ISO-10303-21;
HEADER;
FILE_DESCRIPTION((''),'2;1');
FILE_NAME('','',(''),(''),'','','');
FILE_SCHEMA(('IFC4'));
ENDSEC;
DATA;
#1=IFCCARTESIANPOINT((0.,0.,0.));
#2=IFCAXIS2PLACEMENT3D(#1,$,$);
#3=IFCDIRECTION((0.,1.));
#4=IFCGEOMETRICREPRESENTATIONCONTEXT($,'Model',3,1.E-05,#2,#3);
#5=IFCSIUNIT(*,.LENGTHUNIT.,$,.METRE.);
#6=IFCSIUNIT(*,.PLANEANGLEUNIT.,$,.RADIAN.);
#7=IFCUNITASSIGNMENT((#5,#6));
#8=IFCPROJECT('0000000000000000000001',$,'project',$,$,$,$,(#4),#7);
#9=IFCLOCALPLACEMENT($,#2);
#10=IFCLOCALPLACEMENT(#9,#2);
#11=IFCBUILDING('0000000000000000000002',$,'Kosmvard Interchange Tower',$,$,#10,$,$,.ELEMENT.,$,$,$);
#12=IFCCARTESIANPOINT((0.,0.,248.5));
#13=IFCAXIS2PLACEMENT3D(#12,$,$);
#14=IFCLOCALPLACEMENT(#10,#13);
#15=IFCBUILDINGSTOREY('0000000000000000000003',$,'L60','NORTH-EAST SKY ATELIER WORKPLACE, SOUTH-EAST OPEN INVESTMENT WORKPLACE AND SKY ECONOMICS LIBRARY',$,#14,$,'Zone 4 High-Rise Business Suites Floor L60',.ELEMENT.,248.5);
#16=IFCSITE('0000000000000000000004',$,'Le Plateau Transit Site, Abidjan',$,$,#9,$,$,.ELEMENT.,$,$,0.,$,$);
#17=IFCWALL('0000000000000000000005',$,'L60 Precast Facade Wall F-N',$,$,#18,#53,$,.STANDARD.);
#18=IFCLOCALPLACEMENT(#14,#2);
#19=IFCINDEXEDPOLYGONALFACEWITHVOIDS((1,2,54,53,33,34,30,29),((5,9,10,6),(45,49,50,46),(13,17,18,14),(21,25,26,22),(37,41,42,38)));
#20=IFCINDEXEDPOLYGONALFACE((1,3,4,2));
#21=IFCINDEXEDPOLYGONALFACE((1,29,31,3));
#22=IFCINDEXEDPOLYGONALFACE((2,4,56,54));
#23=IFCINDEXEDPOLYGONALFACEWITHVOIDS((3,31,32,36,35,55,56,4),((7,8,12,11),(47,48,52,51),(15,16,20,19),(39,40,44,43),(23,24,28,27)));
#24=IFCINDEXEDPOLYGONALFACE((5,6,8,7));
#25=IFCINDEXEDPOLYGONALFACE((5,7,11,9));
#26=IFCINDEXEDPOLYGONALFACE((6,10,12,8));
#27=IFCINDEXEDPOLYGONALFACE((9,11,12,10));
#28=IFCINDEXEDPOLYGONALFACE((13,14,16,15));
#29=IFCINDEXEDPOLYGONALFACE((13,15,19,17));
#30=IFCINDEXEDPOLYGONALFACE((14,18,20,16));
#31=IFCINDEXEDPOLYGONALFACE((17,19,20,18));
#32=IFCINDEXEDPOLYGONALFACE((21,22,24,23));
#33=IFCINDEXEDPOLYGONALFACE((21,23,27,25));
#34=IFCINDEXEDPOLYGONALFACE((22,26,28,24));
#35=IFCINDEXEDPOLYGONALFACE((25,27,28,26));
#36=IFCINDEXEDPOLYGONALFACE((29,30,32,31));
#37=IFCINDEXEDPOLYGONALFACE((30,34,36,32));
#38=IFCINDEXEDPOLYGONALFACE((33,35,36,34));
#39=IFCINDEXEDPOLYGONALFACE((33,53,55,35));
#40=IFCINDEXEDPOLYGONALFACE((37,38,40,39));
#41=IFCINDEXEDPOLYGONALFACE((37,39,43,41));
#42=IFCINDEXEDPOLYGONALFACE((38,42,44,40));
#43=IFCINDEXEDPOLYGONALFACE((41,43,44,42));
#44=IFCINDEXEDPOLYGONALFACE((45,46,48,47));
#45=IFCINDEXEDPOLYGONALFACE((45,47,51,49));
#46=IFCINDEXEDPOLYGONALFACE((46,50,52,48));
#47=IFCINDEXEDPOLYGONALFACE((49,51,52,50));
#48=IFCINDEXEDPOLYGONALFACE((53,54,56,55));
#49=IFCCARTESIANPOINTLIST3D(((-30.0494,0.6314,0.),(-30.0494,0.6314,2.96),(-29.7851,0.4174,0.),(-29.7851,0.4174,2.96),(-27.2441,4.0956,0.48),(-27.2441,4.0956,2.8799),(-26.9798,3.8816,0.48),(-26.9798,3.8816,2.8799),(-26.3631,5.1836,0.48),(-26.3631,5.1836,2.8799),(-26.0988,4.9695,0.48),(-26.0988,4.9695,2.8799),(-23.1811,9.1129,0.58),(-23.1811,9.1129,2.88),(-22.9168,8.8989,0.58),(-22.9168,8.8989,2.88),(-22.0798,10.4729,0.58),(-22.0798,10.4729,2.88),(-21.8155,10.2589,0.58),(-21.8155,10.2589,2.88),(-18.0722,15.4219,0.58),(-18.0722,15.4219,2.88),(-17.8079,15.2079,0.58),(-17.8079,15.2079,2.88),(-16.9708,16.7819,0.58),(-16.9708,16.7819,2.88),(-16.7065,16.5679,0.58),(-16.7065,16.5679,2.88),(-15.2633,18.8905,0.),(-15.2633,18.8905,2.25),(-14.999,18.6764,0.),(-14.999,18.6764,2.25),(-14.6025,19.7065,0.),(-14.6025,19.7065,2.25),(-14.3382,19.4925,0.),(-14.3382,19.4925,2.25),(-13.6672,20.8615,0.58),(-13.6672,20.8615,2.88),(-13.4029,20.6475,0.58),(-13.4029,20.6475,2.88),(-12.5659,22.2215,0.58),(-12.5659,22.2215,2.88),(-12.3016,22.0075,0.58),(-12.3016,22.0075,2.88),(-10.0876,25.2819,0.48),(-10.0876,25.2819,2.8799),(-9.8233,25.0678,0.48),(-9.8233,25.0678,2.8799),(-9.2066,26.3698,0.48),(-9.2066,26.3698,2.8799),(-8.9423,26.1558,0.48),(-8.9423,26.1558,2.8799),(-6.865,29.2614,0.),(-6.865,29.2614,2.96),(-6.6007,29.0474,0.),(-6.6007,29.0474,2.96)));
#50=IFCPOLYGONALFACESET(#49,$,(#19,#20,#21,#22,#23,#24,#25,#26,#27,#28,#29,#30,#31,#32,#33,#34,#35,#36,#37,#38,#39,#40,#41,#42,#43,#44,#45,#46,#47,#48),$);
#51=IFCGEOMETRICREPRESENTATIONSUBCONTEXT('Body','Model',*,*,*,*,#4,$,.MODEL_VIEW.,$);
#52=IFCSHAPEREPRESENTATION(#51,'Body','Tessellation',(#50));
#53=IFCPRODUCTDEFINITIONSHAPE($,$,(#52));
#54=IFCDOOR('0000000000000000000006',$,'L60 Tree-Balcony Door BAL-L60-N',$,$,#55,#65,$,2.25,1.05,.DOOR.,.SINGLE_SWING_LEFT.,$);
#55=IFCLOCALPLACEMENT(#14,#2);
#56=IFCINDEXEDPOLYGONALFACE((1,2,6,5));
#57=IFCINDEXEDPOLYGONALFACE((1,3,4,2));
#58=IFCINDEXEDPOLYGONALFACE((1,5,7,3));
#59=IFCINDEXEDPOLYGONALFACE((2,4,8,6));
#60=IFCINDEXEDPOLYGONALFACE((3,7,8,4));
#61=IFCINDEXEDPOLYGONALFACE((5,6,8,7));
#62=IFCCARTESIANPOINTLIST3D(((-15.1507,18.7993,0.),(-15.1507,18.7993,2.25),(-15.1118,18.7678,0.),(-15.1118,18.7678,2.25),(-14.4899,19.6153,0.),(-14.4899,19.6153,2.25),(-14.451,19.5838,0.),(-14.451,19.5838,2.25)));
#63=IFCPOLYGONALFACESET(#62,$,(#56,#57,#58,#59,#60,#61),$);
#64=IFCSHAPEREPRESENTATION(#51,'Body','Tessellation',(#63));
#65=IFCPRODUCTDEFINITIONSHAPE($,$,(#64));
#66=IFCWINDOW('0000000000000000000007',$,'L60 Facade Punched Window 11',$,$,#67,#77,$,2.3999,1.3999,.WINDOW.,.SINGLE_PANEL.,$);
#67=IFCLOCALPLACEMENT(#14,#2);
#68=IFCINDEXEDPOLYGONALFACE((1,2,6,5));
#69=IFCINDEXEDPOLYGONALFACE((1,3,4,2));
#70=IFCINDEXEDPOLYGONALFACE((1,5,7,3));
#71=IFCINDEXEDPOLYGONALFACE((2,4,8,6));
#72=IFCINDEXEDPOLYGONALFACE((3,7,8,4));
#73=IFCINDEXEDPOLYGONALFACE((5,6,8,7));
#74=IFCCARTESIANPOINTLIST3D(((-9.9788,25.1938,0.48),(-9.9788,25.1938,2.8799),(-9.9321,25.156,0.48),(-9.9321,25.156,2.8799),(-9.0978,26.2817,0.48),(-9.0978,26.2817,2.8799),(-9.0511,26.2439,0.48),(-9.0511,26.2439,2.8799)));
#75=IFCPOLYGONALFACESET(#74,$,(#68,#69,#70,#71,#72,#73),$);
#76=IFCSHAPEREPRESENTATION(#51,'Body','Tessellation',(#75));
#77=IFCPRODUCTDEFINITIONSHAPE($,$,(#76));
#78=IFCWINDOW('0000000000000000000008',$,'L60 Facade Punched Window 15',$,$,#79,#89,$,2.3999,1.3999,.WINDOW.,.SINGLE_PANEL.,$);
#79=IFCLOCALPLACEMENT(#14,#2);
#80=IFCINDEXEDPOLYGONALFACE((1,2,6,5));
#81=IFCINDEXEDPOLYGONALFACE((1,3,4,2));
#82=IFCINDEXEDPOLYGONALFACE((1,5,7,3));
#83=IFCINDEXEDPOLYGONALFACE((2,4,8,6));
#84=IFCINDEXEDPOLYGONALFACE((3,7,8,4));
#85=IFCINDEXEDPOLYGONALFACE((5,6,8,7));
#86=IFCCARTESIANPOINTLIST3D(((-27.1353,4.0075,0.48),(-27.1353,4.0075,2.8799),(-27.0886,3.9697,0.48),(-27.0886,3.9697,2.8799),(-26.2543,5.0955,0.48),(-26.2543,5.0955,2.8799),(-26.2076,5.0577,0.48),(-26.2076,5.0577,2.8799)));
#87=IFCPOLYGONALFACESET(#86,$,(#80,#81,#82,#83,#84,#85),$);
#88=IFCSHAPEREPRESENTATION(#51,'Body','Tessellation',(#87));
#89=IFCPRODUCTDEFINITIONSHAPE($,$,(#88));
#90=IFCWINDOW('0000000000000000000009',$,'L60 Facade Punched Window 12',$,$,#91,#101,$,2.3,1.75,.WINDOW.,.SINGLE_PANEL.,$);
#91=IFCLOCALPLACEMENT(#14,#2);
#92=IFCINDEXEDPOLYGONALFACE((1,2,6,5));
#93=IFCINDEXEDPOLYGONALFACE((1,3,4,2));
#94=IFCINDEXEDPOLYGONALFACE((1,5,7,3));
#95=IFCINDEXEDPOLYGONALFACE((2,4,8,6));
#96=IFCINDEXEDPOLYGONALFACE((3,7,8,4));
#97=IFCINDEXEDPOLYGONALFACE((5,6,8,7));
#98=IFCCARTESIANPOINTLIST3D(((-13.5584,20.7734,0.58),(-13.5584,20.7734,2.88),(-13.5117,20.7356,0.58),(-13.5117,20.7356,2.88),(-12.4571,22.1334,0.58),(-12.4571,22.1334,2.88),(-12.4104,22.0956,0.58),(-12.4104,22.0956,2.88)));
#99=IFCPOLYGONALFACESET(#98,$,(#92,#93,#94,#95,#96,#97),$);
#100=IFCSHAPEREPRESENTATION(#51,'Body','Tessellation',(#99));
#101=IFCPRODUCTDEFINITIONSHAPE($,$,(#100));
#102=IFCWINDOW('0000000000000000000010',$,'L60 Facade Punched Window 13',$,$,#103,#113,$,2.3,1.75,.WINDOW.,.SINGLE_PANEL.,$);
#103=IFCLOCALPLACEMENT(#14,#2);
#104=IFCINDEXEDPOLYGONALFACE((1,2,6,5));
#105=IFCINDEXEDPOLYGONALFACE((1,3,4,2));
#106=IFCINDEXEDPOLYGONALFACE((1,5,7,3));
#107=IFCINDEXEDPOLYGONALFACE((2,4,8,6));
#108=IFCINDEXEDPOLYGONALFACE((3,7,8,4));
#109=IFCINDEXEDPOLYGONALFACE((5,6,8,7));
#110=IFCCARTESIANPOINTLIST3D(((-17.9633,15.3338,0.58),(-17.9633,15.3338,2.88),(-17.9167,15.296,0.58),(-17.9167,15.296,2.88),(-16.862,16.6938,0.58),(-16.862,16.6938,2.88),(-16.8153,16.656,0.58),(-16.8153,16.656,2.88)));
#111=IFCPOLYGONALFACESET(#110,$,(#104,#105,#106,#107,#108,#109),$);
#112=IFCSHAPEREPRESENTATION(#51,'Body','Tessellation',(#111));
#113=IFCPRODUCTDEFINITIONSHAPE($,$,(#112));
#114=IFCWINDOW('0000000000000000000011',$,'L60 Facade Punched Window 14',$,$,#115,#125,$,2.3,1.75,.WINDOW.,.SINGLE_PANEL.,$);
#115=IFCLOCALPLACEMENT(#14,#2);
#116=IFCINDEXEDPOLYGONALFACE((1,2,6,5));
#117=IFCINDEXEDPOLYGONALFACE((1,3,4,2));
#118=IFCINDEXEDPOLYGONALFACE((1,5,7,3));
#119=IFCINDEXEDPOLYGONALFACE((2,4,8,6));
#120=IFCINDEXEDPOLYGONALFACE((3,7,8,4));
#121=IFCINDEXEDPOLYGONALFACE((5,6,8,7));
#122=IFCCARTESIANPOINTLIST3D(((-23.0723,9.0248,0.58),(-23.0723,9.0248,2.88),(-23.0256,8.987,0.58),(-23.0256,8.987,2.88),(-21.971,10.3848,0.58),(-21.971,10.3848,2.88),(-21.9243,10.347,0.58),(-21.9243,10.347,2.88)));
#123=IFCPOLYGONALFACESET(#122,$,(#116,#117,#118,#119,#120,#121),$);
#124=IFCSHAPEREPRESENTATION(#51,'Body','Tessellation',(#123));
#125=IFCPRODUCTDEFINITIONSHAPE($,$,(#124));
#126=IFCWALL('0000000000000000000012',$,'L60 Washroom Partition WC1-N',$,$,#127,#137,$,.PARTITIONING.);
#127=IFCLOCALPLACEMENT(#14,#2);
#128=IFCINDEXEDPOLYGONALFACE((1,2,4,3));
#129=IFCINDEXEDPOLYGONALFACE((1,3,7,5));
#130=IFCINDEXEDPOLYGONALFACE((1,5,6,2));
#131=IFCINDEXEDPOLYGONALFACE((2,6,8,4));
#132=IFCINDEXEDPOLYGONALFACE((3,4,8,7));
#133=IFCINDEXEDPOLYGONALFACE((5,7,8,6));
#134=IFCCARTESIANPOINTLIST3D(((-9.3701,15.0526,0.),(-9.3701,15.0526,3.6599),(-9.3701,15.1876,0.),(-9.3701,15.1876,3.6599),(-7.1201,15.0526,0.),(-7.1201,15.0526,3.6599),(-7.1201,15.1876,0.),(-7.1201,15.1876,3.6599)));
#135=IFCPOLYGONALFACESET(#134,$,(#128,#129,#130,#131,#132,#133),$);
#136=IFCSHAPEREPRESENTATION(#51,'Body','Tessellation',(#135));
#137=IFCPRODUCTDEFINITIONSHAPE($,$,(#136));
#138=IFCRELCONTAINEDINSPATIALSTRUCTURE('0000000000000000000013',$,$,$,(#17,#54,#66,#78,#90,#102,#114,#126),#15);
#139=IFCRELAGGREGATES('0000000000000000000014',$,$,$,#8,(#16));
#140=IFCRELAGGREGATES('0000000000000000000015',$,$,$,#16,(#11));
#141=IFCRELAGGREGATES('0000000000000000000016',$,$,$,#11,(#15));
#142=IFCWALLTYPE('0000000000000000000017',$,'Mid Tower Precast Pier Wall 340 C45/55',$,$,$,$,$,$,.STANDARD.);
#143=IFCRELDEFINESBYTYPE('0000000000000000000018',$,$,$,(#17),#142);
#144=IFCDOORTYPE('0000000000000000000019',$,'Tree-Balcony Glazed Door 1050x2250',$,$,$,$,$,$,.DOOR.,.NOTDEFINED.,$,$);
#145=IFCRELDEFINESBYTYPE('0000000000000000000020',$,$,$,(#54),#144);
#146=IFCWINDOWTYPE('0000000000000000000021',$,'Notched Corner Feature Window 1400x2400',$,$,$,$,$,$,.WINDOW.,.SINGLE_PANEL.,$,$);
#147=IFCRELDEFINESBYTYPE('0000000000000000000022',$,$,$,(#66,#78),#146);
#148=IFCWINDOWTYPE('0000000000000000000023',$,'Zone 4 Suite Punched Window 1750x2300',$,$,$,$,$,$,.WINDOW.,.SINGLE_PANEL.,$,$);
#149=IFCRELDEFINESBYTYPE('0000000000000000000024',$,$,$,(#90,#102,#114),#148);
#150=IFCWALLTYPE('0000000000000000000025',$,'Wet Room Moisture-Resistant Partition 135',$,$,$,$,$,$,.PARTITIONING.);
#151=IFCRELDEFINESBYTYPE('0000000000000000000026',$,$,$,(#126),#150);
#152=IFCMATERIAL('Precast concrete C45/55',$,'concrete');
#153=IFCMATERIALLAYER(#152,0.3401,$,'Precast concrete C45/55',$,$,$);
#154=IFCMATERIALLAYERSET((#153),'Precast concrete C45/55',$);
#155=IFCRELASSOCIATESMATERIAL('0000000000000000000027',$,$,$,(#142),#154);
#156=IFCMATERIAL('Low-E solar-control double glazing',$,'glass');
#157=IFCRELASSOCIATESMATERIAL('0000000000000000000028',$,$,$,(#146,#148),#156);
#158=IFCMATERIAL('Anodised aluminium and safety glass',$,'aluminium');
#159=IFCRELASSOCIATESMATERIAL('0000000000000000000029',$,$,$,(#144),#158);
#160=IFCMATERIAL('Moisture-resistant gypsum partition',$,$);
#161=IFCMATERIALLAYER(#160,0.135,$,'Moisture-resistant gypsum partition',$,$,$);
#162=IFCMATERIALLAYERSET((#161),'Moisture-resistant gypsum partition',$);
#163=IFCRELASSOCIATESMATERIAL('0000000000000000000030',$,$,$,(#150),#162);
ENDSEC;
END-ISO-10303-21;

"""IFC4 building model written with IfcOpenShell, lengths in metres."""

from ifc_helpers import new_model, si_unit, direction, frame, frame_2d, origin, place, context, subcontext, project, spatial, rectangle, extrude, source, transform, mapped, material, layer, layer_set, type_object, element, fill, save


model = new_model("IFC4")

# Units and contexts
model_context = context("Model", 3, precision=1e-05, world=origin(), true_north=direction((0.0, 1.0)))
body_context = subcontext(model_context, "Body", "Model", "MODEL_VIEW")
ifc_project = project(units=[si_unit("LENGTHUNIT", "METRE"), si_unit("PLANEANGLEUNIT", "RADIAN")], contexts=[model_context])

# Site, building, storey
site_placement = place(None, origin())
site = spatial("IfcSite", under=ifc_project, at=site_placement, Name="Le Plateau Transit Site, Abidjan", CompositionType="ELEMENT", RefElevation=0.0)
building_placement = place(site_placement, origin())
building = spatial("IfcBuilding", under=site, at=building_placement, Name="Kosmvard Interchange Tower", CompositionType="ELEMENT")
storey_placement = place(building_placement, frame((0.0, 0.0, 248.5)))
storey = spatial("IfcBuildingStorey", under=building, at=storey_placement, Name="L60", Description="NORTH-EAST SKY ATELIER WORKPLACE, SOUTH-EAST OPEN INVESTMENT WORKPLACE AND SKY ECONOMICS LIBRARY", LongName="Zone 4 High-Rise Business Suites Floor L60", CompositionType="ELEMENT", Elevation=248.5)

# Shared definitions
ifc_material_1 = material(Name="Precast concrete C45/55", Category="concrete")
ifc_layer_1 = layer(ifc_material_1, 0.3401, Name="Precast concrete C45/55")
ifc_layer_set_1 = layer_set([ifc_layer_1], Name="Precast concrete C45/55")
wall_type_1 = type_object("IfcWallType", Name="Mid Tower Precast Pier Wall 340 C45/55", PredefinedType="STANDARD", material=ifc_layer_set_1)
ifc_material_2 = material(Name="Low-E solar-control double glazing", Category="glass")
window_type_1 = type_object("IfcWindowType", Name="Notched Corner Feature Window 1400x2400", PartitioningType="SINGLE_PANEL", PredefinedType="WINDOW", material=ifc_material_2)
shared_shape_1 = source(origin(), body_context, "Body", "SweptSolid", [
    extrude(rectangle(XDim=1.3999, YDim=2.3999, at=frame_2d((0.7, 1.2))), frame((0.0, 0.03, 0.0), z_axis=(0.0, -1.0, 0.0), x_axis=(1.0, 0.0, 0.0)), (0.0, 0.0, 1.0), 0.0601),
])

# Wall, openings, door, windows
wall_1_placement = place(storey_placement, frame((-6.7329, 29.1543, 0.0), z_axis=(0.0, 0.0, 1.0), x_axis=(-0.629325, -0.777142, 0.0)))
wall_1 = element("IfcWall", 1, at=wall_1_placement, inside=storey, type_object=wall_type_1, Name="L60 Precast Facade Wall F-N", PredefinedType="STANDARD", context=body_context, shape_type="SweptSolid", body=[
    extrude(rectangle(XDim=36.8401, YDim=0.3401, at=frame_2d((18.4199, 0.0))), origin(), (0.0, 0.0, 1.0), 2.96),
])
opening_1_placement = place(wall_1_placement, frame((12.2949, 0.0, 0.0)))
opening_1 = element("IfcOpeningElement", 2, at=opening_1_placement, cuts=wall_1, PredefinedType="OPENING", context=body_context, shape_type="SweptSolid", body=[
    extrude(rectangle(XDim=1.05, YDim=2.25, at=frame_2d((0.5249, 1.125))), frame((0.0, 0.1802, 0.0), z_axis=(0.0, -1.0, 0.0), x_axis=(1.0, 0.0, 0.0)), (0.0, 0.0, 1.0), 0.3601),
])
opening_2_placement = place(wall_1_placement, frame((3.7207, 0.0, 0.48)))
opening_2 = element("IfcOpeningElement", 3, at=opening_2_placement, cuts=wall_1, PredefinedType="OPENING", context=body_context, shape_type="SweptSolid", body=[
    extrude(rectangle(XDim=1.3999, YDim=2.3999, at=frame_2d((0.7, 1.2))), frame((0.0, 0.1802, 0.0), z_axis=(0.0, -1.0, 0.0), x_axis=(1.0, 0.0, 0.0)), (0.0, 0.0, 1.0), 0.3601),
])
opening_3_placement = place(wall_1_placement, frame((9.0586, 0.0, 0.5801)))
opening_3 = element("IfcOpeningElement", 4, at=opening_3_placement, cuts=wall_1, PredefinedType="OPENING", context=body_context, shape_type="SweptSolid", body=[
    extrude(rectangle(XDim=1.75, YDim=2.3, at=frame_2d((0.875, 1.1499))), frame((0.0, 0.1802, 0.0), z_axis=(0.0, -1.0, 0.0), x_axis=(1.0, 0.0, 0.0)), (0.0, 0.0, 1.0), 0.3601),
])
opening_4_placement = place(wall_1_placement, frame((16.0581, 0.0, 0.5801)))
opening_4 = element("IfcOpeningElement", 5, at=opening_4_placement, cuts=wall_1, PredefinedType="OPENING", context=body_context, shape_type="SweptSolid", body=[
    extrude(rectangle(XDim=1.75, YDim=2.3, at=frame_2d((0.875, 1.1499))), frame((0.0, 0.1802, 0.0), z_axis=(0.0, -1.0, 0.0), x_axis=(1.0, 0.0, 0.0)), (0.0, 0.0, 1.0), 0.3601),
])
opening_5_placement = place(wall_1_placement, frame((24.1763, 0.0, 0.5801)))
opening_5 = element("IfcOpeningElement", 6, at=opening_5_placement, cuts=wall_1, PredefinedType="OPENING", context=body_context, shape_type="SweptSolid", body=[
    extrude(rectangle(XDim=1.75, YDim=2.3, at=frame_2d((0.875, 1.1499))), frame((0.0, 0.1802, 0.0), z_axis=(0.0, -1.0, 0.0), x_axis=(1.0, 0.0, 0.0)), (0.0, 0.0, 1.0), 0.3601),
])
opening_6_placement = place(wall_1_placement, frame((30.9824, 0.0, 0.48)))
opening_6 = element("IfcOpeningElement", 7, at=opening_6_placement, cuts=wall_1, PredefinedType="OPENING", context=body_context, shape_type="SweptSolid", body=[
    extrude(rectangle(XDim=1.3999, YDim=2.3999, at=frame_2d((0.7, 1.2))), frame((0.0, 0.1802, 0.0), z_axis=(0.0, -1.0, 0.0), x_axis=(1.0, 0.0, 0.0)), (0.0, 0.0, 1.0), 0.3601),
])
ifc_material_3 = material(Name="Anodised aluminium and safety glass", Category="aluminium")
door_type = type_object("IfcDoorType", Name="Tree-Balcony Glazed Door 1050x2250", OperationType="NOTDEFINED", PredefinedType="DOOR", material=ifc_material_3)
shared_shape_2 = source(origin(), body_context, "Body", "SweptSolid", [
    extrude(rectangle(XDim=1.05, YDim=2.25, at=frame_2d((0.5249, 1.125))), frame((0.0, 0.0249, 0.0), z_axis=(0.0, -1.0, 0.0), x_axis=(1.0, 0.0, 0.0)), (0.0, 0.0, 1.0), 0.05),
])
door_placement = place(opening_1_placement, origin())
door = element("IfcDoor", 8, at=door_placement, inside=storey, type_object=door_type, Name="L60 Tree-Balcony Door BAL-L60-N", OperationType="SINGLE_SWING_LEFT", OverallHeight=2.25, OverallWidth=1.05, PredefinedType="DOOR", context=body_context, shape_type="MappedRepresentation", body=[
    mapped(shared_shape_2, transform((0.0, 0.0, 0.0), scale=1.0)),
])
fill(opening_1, door)
window_1_placement = place(opening_2_placement, origin())
window_1 = element("IfcWindow", 9, at=window_1_placement, inside=storey, type_object=window_type_1, Name="L60 Facade Punched Window 11", OverallHeight=2.3999, OverallWidth=1.3999, PartitioningType="SINGLE_PANEL", PredefinedType="WINDOW", context=body_context, shape_type="MappedRepresentation", body=[
    mapped(shared_shape_1, transform((0.0, 0.0, 0.0), scale=1.0)),
])
fill(opening_2, window_1)
window_2_placement = place(opening_6_placement, origin())
window_2 = element("IfcWindow", 10, at=window_2_placement, inside=storey, type_object=window_type_1, Name="L60 Facade Punched Window 15", OverallHeight=2.3999, OverallWidth=1.3999, PartitioningType="SINGLE_PANEL", PredefinedType="WINDOW", context=body_context, shape_type="MappedRepresentation", body=[
    mapped(shared_shape_1, transform((0.0, 0.0, 0.0), scale=1.0)),
])
fill(opening_6, window_2)
window_type_2 = type_object("IfcWindowType", Name="Zone 4 Suite Punched Window 1750x2300", PartitioningType="SINGLE_PANEL", PredefinedType="WINDOW", material=ifc_material_2)
shared_shape_3 = source(origin(), body_context, "Body", "SweptSolid", [
    extrude(rectangle(XDim=1.75, YDim=2.3, at=frame_2d((0.875, 1.1499))), frame((0.0, 0.03, 0.0), z_axis=(0.0, -1.0, 0.0), x_axis=(1.0, 0.0, 0.0)), (0.0, 0.0, 1.0), 0.0601),
])
window_3_placement = place(opening_3_placement, origin())
window_3 = element("IfcWindow", 11, at=window_3_placement, inside=storey, type_object=window_type_2, Name="L60 Facade Punched Window 12", OverallHeight=2.3, OverallWidth=1.75, PartitioningType="SINGLE_PANEL", PredefinedType="WINDOW", context=body_context, shape_type="MappedRepresentation", body=[
    mapped(shared_shape_3, transform((0.0, 0.0, 0.0), scale=1.0)),
])
fill(opening_3, window_3)
window_4_placement = place(opening_4_placement, origin())
window_4 = element("IfcWindow", 12, at=window_4_placement, inside=storey, type_object=window_type_2, Name="L60 Facade Punched Window 13", OverallHeight=2.3, OverallWidth=1.75, PartitioningType="SINGLE_PANEL", PredefinedType="WINDOW", context=body_context, shape_type="MappedRepresentation", body=[
    mapped(shared_shape_3, transform((0.0, 0.0, 0.0), scale=1.0)),
])
fill(opening_4, window_4)
window_5_placement = place(opening_5_placement, origin())
window_5 = element("IfcWindow", 13, at=window_5_placement, inside=storey, type_object=window_type_2, Name="L60 Facade Punched Window 14", OverallHeight=2.3, OverallWidth=1.75, PartitioningType="SINGLE_PANEL", PredefinedType="WINDOW", context=body_context, shape_type="MappedRepresentation", body=[
    mapped(shared_shape_3, transform((0.0, 0.0, 0.0), scale=1.0)),
])
fill(opening_5, window_5)

# Wall
ifc_material_4 = material(Name="Moisture-resistant gypsum partition")
ifc_layer_2 = layer(ifc_material_4, 0.135, Name="Moisture-resistant gypsum partition")
ifc_layer_set_2 = layer_set([ifc_layer_2], Name="Moisture-resistant gypsum partition")
wall_type_2 = type_object("IfcWallType", Name="Wet Room Moisture-Resistant Partition 135", PredefinedType="PARTITIONING", material=ifc_layer_set_2)
wall_2_placement = place(storey_placement, frame((-9.3701, 15.1201, 0.0), z_axis=(0.0, 0.0, 1.0), x_axis=(1.0, 0.0, 0.0)))
element("IfcWall", 14, at=wall_2_placement, inside=storey, type_object=wall_type_2, Name="L60 Washroom Partition WC1-N", PredefinedType="PARTITIONING", context=body_context, shape_type="SweptSolid", body=[
    extrude(rectangle(XDim=2.25, YDim=0.135, at=frame_2d((1.125, 0.0))), origin(), (0.0, 0.0, 1.0), 3.6599),
])

save(model, "model.ifc")
